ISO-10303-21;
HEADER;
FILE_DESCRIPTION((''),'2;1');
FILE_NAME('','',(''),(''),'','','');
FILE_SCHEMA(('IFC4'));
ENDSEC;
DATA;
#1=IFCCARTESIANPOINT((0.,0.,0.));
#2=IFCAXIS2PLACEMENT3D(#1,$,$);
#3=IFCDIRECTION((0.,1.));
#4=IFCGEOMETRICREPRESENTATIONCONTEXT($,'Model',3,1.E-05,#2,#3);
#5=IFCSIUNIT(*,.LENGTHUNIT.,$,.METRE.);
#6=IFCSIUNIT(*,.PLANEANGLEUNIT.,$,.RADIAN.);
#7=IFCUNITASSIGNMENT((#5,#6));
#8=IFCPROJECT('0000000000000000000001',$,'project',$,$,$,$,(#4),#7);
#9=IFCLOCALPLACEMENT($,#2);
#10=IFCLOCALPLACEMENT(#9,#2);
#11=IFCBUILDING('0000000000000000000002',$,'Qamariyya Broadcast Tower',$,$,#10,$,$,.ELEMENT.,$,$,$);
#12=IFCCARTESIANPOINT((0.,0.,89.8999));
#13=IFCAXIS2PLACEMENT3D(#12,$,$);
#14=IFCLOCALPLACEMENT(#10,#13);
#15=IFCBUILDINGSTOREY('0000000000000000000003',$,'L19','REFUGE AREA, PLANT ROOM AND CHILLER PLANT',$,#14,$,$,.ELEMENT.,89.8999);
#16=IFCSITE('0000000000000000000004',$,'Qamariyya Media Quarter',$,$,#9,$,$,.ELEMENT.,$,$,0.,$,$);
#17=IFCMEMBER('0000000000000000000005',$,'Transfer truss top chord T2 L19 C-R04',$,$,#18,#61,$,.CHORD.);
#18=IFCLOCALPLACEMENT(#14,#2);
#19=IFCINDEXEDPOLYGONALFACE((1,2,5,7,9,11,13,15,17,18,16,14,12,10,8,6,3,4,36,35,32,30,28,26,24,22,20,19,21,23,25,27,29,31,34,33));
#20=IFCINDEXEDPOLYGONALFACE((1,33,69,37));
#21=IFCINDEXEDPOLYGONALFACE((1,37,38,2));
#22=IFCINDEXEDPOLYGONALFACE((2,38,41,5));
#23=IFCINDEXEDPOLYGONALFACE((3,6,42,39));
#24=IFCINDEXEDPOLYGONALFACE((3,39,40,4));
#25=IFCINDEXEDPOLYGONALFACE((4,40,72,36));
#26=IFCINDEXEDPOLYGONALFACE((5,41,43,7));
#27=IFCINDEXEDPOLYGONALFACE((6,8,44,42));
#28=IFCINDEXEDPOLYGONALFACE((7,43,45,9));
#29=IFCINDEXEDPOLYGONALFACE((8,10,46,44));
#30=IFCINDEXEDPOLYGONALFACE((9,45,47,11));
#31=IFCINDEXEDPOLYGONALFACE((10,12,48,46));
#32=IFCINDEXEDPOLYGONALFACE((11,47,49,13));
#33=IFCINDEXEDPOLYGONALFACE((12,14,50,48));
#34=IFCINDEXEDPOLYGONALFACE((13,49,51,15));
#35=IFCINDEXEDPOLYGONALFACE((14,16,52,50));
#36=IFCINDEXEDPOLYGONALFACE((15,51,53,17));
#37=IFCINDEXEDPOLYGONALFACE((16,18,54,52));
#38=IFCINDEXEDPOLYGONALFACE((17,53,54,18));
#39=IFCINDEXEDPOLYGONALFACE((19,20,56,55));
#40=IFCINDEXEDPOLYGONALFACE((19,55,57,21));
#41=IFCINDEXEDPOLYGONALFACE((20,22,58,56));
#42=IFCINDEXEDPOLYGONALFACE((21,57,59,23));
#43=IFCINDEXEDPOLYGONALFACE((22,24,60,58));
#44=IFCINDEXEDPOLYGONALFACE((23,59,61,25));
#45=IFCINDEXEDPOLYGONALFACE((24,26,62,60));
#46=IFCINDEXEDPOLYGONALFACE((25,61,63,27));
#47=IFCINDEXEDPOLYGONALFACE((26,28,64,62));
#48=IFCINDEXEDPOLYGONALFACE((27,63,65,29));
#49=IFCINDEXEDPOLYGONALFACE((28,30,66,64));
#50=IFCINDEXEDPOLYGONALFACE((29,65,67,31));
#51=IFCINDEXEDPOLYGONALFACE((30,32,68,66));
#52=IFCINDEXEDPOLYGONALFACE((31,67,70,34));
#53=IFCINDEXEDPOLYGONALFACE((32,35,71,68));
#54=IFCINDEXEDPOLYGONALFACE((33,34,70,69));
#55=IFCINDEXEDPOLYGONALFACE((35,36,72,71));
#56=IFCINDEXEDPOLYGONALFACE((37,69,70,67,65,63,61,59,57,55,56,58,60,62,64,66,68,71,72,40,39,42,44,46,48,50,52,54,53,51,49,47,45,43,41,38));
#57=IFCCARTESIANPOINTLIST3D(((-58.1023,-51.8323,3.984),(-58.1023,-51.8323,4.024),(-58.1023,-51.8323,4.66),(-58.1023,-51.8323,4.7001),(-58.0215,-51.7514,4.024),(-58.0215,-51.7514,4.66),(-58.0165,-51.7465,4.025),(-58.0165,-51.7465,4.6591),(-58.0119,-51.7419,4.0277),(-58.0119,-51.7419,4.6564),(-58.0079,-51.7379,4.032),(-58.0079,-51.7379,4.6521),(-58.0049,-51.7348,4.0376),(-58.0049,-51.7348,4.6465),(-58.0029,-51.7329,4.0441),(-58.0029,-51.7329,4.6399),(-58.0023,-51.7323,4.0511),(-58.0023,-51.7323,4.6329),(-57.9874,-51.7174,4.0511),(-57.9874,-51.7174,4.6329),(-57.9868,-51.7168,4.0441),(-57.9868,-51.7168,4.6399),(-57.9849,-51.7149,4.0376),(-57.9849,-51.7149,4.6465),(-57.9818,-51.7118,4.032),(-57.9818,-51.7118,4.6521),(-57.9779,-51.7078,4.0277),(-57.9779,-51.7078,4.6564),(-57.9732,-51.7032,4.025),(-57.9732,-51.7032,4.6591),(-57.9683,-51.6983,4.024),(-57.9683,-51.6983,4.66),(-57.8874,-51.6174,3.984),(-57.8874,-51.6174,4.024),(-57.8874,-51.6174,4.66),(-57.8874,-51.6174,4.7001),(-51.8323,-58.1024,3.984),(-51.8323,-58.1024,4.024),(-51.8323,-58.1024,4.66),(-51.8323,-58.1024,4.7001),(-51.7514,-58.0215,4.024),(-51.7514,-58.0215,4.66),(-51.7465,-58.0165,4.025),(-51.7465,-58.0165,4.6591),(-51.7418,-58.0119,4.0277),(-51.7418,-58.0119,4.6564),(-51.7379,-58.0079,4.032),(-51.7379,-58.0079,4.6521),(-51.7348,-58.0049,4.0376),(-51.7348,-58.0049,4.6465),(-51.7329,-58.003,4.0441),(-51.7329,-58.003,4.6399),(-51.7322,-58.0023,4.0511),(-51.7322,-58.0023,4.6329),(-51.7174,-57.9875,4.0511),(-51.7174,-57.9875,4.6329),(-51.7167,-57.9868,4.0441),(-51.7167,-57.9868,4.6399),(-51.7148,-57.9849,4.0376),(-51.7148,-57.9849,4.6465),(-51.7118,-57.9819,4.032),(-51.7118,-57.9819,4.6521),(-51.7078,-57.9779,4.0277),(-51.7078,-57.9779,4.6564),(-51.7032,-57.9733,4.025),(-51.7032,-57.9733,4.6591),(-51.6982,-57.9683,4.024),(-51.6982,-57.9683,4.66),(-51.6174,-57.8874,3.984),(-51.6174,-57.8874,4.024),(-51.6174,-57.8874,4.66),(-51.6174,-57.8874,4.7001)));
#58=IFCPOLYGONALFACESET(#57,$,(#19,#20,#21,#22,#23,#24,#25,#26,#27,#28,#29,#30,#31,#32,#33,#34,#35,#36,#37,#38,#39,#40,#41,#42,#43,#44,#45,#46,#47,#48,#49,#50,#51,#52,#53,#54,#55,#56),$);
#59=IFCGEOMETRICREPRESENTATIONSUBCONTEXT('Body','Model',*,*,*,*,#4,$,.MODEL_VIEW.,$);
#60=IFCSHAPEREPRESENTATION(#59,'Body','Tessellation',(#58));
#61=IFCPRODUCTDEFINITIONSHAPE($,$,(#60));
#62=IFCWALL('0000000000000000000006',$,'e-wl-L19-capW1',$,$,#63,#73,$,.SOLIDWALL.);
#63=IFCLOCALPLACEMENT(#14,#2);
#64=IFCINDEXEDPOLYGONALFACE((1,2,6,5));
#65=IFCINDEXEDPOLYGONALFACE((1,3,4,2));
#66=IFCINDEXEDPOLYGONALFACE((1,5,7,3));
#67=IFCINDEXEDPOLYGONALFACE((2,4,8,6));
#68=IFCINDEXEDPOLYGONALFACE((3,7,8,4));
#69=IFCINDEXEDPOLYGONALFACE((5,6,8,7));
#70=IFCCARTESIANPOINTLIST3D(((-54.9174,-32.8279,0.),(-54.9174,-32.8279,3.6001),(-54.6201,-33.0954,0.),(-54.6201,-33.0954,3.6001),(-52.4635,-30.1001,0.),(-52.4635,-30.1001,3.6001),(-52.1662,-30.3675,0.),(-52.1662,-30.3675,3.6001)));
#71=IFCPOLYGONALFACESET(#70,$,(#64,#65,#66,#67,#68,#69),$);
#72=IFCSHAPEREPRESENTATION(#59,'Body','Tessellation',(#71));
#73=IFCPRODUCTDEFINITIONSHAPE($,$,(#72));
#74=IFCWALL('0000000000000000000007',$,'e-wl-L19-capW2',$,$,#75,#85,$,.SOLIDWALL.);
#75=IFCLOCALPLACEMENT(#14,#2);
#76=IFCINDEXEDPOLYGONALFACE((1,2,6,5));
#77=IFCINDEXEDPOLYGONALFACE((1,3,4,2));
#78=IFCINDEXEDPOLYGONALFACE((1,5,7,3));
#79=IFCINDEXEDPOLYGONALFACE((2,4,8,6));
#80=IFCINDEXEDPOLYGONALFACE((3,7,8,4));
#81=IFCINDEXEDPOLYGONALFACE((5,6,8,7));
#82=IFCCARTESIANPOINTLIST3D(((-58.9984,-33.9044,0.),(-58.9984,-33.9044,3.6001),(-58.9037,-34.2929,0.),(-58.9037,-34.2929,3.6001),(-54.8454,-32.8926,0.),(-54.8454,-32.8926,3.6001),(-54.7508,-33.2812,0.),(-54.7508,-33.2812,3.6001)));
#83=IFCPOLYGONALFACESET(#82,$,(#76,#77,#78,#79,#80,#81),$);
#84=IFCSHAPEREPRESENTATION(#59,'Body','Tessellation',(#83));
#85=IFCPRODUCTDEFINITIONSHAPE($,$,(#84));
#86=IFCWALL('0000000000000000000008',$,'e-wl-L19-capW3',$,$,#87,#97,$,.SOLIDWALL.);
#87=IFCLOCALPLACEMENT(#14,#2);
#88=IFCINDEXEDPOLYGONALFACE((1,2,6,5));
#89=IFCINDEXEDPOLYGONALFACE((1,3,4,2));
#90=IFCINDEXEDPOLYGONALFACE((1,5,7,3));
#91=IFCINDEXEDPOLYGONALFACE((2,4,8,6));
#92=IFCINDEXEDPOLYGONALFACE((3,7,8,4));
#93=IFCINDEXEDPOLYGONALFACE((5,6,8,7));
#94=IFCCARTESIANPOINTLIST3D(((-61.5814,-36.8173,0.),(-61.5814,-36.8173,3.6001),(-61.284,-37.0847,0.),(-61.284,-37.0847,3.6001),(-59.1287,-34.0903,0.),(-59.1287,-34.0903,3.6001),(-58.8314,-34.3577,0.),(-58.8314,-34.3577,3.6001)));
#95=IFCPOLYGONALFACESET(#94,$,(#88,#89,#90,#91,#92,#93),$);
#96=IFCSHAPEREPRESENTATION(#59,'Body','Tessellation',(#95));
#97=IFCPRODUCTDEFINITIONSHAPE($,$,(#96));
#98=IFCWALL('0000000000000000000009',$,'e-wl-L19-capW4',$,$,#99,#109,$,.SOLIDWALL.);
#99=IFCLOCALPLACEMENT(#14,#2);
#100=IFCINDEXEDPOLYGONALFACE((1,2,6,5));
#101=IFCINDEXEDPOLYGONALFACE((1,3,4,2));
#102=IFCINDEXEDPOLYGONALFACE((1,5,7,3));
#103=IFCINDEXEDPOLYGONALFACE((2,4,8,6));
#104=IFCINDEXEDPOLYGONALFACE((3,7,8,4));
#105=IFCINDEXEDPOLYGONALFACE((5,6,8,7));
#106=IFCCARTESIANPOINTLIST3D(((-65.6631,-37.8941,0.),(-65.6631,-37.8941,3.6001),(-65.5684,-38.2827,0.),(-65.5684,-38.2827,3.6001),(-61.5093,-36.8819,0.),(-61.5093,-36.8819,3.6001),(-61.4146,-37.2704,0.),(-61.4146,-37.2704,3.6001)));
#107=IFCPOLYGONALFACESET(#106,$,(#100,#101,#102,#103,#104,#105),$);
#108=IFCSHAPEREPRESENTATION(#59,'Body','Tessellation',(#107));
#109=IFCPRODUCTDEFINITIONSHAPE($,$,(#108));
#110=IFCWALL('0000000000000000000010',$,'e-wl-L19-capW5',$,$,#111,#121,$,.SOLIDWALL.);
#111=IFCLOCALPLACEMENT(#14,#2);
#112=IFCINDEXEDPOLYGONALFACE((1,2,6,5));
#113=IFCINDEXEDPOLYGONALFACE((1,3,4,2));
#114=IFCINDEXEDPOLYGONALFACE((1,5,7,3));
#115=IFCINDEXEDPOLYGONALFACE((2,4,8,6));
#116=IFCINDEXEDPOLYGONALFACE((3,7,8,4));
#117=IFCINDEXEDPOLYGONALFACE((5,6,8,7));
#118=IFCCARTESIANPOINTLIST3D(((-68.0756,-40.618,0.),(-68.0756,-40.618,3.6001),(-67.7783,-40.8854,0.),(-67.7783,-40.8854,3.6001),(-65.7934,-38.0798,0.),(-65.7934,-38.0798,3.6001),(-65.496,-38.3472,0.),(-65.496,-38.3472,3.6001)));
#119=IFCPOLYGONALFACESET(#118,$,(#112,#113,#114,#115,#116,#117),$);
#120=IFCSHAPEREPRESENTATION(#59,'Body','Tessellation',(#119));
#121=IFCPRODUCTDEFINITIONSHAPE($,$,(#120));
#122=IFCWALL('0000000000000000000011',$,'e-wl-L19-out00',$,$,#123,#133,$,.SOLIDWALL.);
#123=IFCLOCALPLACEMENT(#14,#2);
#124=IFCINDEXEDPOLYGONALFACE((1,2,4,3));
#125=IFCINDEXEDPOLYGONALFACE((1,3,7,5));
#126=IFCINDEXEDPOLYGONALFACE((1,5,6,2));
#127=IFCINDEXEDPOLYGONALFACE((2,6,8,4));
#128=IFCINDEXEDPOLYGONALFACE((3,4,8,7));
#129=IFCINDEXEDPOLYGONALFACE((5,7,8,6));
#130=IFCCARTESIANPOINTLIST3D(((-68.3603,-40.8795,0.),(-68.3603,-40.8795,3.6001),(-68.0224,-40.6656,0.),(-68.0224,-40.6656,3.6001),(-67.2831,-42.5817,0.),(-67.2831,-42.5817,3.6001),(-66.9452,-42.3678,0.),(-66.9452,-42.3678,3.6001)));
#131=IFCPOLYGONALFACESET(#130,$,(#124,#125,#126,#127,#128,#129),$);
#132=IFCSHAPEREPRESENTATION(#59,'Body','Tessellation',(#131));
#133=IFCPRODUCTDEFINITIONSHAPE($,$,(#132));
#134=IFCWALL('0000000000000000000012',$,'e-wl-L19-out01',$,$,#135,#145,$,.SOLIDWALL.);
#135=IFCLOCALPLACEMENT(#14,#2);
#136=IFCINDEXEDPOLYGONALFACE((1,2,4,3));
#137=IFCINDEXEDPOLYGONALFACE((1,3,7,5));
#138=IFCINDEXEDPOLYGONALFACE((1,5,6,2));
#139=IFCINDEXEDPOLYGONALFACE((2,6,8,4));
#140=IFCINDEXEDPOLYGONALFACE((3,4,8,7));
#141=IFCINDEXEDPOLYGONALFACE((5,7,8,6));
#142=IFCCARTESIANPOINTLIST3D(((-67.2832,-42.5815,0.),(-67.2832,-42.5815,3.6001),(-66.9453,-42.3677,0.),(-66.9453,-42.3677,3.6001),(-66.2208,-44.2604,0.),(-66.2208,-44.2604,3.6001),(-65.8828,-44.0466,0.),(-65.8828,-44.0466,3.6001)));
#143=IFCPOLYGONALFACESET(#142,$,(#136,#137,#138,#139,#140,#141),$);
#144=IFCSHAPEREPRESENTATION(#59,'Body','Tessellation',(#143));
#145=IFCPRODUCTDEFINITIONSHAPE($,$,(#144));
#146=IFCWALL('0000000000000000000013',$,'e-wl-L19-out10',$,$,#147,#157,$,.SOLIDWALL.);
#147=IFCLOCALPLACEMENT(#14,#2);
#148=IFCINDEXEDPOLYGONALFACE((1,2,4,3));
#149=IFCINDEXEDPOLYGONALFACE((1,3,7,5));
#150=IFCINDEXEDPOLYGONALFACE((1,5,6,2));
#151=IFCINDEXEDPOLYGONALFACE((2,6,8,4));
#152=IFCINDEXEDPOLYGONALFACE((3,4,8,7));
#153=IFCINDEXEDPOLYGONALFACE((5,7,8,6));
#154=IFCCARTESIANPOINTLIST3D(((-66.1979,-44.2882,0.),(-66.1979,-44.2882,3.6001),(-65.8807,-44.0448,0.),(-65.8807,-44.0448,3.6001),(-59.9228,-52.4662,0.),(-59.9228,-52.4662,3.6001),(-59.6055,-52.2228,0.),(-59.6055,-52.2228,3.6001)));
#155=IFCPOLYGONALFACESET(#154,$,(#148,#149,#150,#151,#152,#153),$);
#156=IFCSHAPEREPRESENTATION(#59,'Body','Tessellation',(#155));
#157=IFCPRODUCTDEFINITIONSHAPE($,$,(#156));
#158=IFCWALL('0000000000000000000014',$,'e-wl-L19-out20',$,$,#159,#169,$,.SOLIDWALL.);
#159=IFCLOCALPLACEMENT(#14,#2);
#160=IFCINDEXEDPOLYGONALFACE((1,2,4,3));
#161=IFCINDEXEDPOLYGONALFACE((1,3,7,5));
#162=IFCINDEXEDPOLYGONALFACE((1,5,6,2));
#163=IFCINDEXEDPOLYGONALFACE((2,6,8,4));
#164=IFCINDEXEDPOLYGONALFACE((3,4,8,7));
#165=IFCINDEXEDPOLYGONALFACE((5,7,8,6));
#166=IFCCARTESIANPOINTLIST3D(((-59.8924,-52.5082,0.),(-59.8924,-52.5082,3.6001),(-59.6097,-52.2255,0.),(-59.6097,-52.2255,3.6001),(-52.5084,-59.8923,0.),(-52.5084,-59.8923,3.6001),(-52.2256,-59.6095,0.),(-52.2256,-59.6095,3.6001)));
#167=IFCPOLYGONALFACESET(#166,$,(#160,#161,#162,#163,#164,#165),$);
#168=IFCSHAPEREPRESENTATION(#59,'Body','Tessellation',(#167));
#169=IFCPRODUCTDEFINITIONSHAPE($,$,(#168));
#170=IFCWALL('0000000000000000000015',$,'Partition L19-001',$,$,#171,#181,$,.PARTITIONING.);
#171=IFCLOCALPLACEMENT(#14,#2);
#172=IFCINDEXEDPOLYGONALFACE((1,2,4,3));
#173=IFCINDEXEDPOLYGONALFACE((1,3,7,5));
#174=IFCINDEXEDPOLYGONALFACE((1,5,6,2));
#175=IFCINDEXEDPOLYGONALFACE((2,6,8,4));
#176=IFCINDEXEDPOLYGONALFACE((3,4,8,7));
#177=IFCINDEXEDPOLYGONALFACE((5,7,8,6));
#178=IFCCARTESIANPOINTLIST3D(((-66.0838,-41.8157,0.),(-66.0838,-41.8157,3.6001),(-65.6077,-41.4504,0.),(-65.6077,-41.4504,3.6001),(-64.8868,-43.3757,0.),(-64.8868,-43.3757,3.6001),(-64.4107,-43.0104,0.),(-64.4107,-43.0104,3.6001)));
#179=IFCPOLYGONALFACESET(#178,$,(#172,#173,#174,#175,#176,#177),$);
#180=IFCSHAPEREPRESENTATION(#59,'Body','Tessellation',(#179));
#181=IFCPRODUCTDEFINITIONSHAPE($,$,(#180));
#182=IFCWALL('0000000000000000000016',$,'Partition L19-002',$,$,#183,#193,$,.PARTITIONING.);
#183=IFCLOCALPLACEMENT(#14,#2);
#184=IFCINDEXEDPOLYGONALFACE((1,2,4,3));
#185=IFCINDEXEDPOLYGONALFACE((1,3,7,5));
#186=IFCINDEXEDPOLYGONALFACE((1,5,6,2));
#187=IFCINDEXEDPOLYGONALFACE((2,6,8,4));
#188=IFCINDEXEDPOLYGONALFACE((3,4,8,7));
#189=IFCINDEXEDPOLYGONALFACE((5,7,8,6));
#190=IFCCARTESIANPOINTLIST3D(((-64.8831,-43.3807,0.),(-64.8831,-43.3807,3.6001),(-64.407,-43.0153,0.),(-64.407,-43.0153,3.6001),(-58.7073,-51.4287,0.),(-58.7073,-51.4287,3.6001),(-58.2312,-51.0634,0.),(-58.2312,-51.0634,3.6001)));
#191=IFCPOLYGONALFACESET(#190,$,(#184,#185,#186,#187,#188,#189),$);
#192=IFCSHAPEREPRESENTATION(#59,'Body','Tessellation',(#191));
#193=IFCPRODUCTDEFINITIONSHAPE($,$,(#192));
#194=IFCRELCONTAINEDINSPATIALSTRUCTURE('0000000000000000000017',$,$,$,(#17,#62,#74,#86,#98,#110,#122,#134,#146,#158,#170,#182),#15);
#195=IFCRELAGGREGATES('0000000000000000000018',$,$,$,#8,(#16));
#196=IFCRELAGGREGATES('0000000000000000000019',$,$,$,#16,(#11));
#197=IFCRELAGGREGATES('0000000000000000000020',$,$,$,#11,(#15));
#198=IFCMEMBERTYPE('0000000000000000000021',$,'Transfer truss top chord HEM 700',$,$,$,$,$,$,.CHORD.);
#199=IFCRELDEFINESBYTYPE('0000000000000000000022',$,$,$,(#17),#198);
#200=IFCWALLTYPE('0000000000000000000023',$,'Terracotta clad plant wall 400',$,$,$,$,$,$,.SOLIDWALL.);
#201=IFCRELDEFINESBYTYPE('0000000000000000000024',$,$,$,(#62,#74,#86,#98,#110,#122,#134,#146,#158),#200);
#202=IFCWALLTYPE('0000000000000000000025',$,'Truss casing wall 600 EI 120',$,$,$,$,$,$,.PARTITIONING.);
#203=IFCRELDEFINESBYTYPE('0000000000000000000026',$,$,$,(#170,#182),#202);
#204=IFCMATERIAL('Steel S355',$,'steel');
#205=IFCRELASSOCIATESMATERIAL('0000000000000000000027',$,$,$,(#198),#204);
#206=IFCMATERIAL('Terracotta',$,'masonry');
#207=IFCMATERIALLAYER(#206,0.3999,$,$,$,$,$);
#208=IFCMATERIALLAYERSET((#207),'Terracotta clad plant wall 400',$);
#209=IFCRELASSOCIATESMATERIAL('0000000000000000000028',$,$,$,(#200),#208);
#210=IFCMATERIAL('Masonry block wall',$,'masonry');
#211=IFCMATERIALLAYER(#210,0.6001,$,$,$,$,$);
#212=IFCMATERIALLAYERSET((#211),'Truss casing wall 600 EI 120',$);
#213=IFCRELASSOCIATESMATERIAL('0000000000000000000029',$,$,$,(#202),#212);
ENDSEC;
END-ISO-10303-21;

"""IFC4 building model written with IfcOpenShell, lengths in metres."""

from ifc_helpers import new_model, si_unit, direction, frame, frame_2d, origin, origin_2d, place, context, subcontext, project, spatial, rectangle, i_section, extrude, material, layer, layer_set, material_profile, profile_set, type_object, element, save


model = new_model("IFC4")

# Units and contexts
model_context = context("Model", 3, precision=1e-05, world=origin(), true_north=direction((0.0, 1.0)))
body_context = subcontext(model_context, "Body", "Model", "MODEL_VIEW")
ifc_project = project(units=[si_unit("LENGTHUNIT", "METRE"), si_unit("PLANEANGLEUNIT", "RADIAN")], contexts=[model_context])

# Site, building, storey
site_placement = place(None, origin())
site = spatial("IfcSite", under=ifc_project, at=site_placement, Name="Qamariyya Media Quarter", CompositionType="ELEMENT", RefElevation=0.0)
building_placement = place(site_placement, origin())
building = spatial("IfcBuilding", under=site, at=building_placement, Name="Qamariyya Broadcast Tower", CompositionType="ELEMENT")
storey_placement = place(building_placement, frame((0.0, 0.0, 89.8999)))
storey = spatial("IfcBuildingStorey", under=building, at=storey_placement, Name="L19", Description="REFUGE AREA, PLANT ROOM AND CHILLER PLANT", CompositionType="ELEMENT", Elevation=89.8999)

# Member
ifc_material_1 = material(Name="Steel S355", Category="steel")
ifc_material_profile_1 = material_profile(ifc_material_1, i_section(OverallWidth=0.304, OverallDepth=0.7161, WebThickness=0.021, FlangeThickness=0.04, FilletRadius=0.0271, at=origin_2d()))
ifc_profile_set_1 = profile_set([ifc_material_profile_1], Name="Steel S355")
member_type_1 = type_object("IfcMemberType", Name="Transfer truss top chord HEM 700", PredefinedType="CHORD", material=ifc_profile_set_1)
member_1_placement = place(storey_placement, frame((-57.9949, -51.7249, 4.342), z_axis=(0.707107, -0.707107, 0.0), x_axis=(0.707107, 0.707107, 0.0)))
element("IfcMember", 1, at=member_1_placement, inside=storey, type_object=member_type_1, Name="Transfer truss top chord T2 L19 C-R04", PredefinedType="CHORD", context=body_context, shape_type="SweptSolid", body=[
    extrude(i_section(OverallWidth=0.304, OverallDepth=0.7161, WebThickness=0.021, FlangeThickness=0.04, FilletRadius=0.0271, at=origin_2d()), origin(), (0.0, 0.0, 1.0), 8.8672),
])

# Walls
ifc_material_2 = material(Name="Terracotta", Category="masonry")
ifc_layer_1 = layer(ifc_material_2, 0.3999)
ifc_layer_set_1 = layer_set([ifc_layer_1], Name="Terracotta clad plant wall 400")
wall_type_1 = type_object("IfcWallType", Name="Terracotta clad plant wall 400", PredefinedType="SOLIDWALL", material=ifc_layer_set_1)
wall_1_placement = place(storey_placement, frame((-52.3149, -30.2339, 0.0), z_axis=(0.0, 0.0, 1.0), x_axis=(-0.668792, -0.74345, 0.0)))
element("IfcWall", 2, at=wall_1_placement, inside=storey, type_object=wall_type_1, Name="e-wl-L19-capW1", PredefinedType="SOLIDWALL", context=body_context, shape_type="SweptSolid", body=[
    extrude(rectangle(XDim=3.6692, YDim=0.3999, at=frame_2d((1.8345, 0.0))), origin(), (0.0, 0.0, 1.0), 3.6001),
])
wall_2_placement = place(storey_placement, frame((-54.7981, -33.0869, 0.0), z_axis=(0.0, 0.0, 1.0), x_axis=(-0.971583, -0.236698, 0.0)))
element("IfcWall", 3, at=wall_2_placement, inside=storey, type_object=wall_type_1, Name="e-wl-L19-capW2", PredefinedType="SOLIDWALL", context=body_context, shape_type="SweptSolid", body=[
    extrude(rectangle(XDim=4.2744, YDim=0.3999, at=frame_2d((2.1372, 0.0))), origin(), (0.0, 0.0, 1.0), 3.6001),
])
wall_3_placement = place(storey_placement, frame((-58.98, -34.2239, 0.0), z_axis=(0.0, 0.0, 1.0), x_axis=(-0.668707, -0.743526, 0.0)))
element("IfcWall", 4, at=wall_3_placement, inside=storey, type_object=wall_type_1, Name="e-wl-L19-capW3", PredefinedType="SOLIDWALL", context=body_context, shape_type="SweptSolid", body=[
    extrude(rectangle(XDim=3.6677, YDim=0.3999, at=frame_2d((1.834, 0.0))), origin(), (0.0, 0.0, 1.0), 3.6001),
])
wall_4_placement = place(storey_placement, frame((-61.4619, -37.0762, 0.0), z_axis=(0.0, 0.0, 1.0), x_axis=(-0.97157, -0.236754, 0.0)))
element("IfcWall", 5, at=wall_4_placement, inside=storey, type_object=wall_type_1, Name="e-wl-L19-capW4", PredefinedType="SOLIDWALL", context=body_context, shape_type="SweptSolid", body=[
    extrude(rectangle(XDim=4.2754, YDim=0.3999, at=frame_2d((2.1377, 0.0))), origin(), (0.0, 0.0, 1.0), 3.6001),
])
wall_5_placement = place(storey_placement, frame((-65.6448, -38.2136, 0.0), z_axis=(0.0, 0.0, 1.0), x_axis=(-0.668633, -0.743593, 0.0)))
element("IfcWall", 6, at=wall_5_placement, inside=storey, type_object=wall_type_1, Name="e-wl-L19-capW5", PredefinedType="SOLIDWALL", context=body_context, shape_type="SweptSolid", body=[
    extrude(rectangle(XDim=3.4133, YDim=0.3999, at=frame_2d((1.7065, 0.0))), origin(), (0.0, 0.0, 1.0), 3.6001),
])
wall_6_placement = place(storey_placement, frame((-68.1914, -40.7725, 0.0), z_axis=(0.0, 0.0, 1.0), x_axis=(0.534741, -0.845016, 0.0)))
element("IfcWall", 7, at=wall_6_placement, inside=storey, type_object=wall_type_1, Name="e-wl-L19-out00", PredefinedType="SOLIDWALL", context=body_context, shape_type="SweptSolid", body=[
    extrude(rectangle(XDim=2.0144, YDim=0.3999, at=frame_2d((1.0073, 0.0))), origin(), (0.0, 0.0, 1.0), 3.6001),
])
wall_7_placement = place(storey_placement, frame((-67.1143, -42.4746, 0.0), z_axis=(0.0, 0.0, 1.0), x_axis=(0.534751, -0.84501, 0.0)))
element("IfcWall", 8, at=wall_7_placement, inside=storey, type_object=wall_type_1, Name="e-wl-L19-out01", PredefinedType="SOLIDWALL", context=body_context, shape_type="SweptSolid", body=[
    extrude(rectangle(XDim=1.9868, YDim=0.3999, at=frame_2d((0.9934, 0.0))), origin(), (0.0, 0.0, 1.0), 3.6001),
])
wall_8_placement = place(storey_placement, frame((-66.0393, -44.1665, 0.0), z_axis=(0.0, 0.0, 1.0), x_axis=(0.608759, -0.793355, 0.0)))
element("IfcWall", 9, at=wall_8_placement, inside=storey, type_object=wall_type_1, Name="e-wl-L19-out10", PredefinedType="SOLIDWALL", context=body_context, shape_type="SweptSolid", body=[
    extrude(rectangle(XDim=10.3081, YDim=0.3999, at=frame_2d((5.1541, 0.0))), origin(), (0.0, 0.0, 1.0), 3.6001),
])
wall_9_placement = place(storey_placement, frame((-59.751, -52.3669, 0.0), z_axis=(0.0, 0.0, 1.0), x_axis=(0.707107, -0.707107, 0.0)))
element("IfcWall", 10, at=wall_9_placement, inside=storey, type_object=wall_type_1, Name="e-wl-L19-out20", PredefinedType="SOLIDWALL", context=body_context, shape_type="SweptSolid", body=[
    extrude(rectangle(XDim=10.4426, YDim=0.3999, at=frame_2d((5.2212, 0.0))), origin(), (0.0, 0.0, 1.0), 3.6001),
])
ifc_material_3 = material(Name="Masonry block wall", Category="masonry")
ifc_layer_2 = layer(ifc_material_3, 0.6001)
ifc_layer_set_2 = layer_set([ifc_layer_2], Name="Truss casing wall 600 EI 120")
wall_type_2 = type_object("IfcWallType", Name="Truss casing wall 600 EI 120", PredefinedType="PARTITIONING", material=ifc_layer_set_2)
wall_10_placement = place(storey_placement, frame((-65.8457, -41.6331, 0.0), z_axis=(0.0, 0.0, 1.0), x_axis=(0.608744, -0.793366, 0.0)))
element("IfcWall", 11, at=wall_10_placement, inside=storey, type_object=wall_type_2, Name="Partition L19-001", PredefinedType="PARTITIONING", context=body_context, shape_type="SweptSolid", body=[
    extrude(rectangle(XDim=1.9663, YDim=0.6001, at=frame_2d((0.9832, 0.0))), origin(), (0.0, 0.0, 1.0), 3.6001),
])
wall_11_placement = place(storey_placement, frame((-64.645, -43.198, 0.0), z_axis=(0.0, 0.0, 1.0), x_axis=(0.608778, -0.793341, 0.0)))
element("IfcWall", 12, at=wall_11_placement, inside=storey, type_object=wall_type_2, Name="Partition L19-002", PredefinedType="PARTITIONING", context=body_context, shape_type="SweptSolid", body=[
    extrude(rectangle(XDim=10.1445, YDim=0.6001, at=frame_2d((5.0723, 0.0))), origin(), (0.0, 0.0, 1.0), 3.6001),
])

save(model, "model.ifc")
